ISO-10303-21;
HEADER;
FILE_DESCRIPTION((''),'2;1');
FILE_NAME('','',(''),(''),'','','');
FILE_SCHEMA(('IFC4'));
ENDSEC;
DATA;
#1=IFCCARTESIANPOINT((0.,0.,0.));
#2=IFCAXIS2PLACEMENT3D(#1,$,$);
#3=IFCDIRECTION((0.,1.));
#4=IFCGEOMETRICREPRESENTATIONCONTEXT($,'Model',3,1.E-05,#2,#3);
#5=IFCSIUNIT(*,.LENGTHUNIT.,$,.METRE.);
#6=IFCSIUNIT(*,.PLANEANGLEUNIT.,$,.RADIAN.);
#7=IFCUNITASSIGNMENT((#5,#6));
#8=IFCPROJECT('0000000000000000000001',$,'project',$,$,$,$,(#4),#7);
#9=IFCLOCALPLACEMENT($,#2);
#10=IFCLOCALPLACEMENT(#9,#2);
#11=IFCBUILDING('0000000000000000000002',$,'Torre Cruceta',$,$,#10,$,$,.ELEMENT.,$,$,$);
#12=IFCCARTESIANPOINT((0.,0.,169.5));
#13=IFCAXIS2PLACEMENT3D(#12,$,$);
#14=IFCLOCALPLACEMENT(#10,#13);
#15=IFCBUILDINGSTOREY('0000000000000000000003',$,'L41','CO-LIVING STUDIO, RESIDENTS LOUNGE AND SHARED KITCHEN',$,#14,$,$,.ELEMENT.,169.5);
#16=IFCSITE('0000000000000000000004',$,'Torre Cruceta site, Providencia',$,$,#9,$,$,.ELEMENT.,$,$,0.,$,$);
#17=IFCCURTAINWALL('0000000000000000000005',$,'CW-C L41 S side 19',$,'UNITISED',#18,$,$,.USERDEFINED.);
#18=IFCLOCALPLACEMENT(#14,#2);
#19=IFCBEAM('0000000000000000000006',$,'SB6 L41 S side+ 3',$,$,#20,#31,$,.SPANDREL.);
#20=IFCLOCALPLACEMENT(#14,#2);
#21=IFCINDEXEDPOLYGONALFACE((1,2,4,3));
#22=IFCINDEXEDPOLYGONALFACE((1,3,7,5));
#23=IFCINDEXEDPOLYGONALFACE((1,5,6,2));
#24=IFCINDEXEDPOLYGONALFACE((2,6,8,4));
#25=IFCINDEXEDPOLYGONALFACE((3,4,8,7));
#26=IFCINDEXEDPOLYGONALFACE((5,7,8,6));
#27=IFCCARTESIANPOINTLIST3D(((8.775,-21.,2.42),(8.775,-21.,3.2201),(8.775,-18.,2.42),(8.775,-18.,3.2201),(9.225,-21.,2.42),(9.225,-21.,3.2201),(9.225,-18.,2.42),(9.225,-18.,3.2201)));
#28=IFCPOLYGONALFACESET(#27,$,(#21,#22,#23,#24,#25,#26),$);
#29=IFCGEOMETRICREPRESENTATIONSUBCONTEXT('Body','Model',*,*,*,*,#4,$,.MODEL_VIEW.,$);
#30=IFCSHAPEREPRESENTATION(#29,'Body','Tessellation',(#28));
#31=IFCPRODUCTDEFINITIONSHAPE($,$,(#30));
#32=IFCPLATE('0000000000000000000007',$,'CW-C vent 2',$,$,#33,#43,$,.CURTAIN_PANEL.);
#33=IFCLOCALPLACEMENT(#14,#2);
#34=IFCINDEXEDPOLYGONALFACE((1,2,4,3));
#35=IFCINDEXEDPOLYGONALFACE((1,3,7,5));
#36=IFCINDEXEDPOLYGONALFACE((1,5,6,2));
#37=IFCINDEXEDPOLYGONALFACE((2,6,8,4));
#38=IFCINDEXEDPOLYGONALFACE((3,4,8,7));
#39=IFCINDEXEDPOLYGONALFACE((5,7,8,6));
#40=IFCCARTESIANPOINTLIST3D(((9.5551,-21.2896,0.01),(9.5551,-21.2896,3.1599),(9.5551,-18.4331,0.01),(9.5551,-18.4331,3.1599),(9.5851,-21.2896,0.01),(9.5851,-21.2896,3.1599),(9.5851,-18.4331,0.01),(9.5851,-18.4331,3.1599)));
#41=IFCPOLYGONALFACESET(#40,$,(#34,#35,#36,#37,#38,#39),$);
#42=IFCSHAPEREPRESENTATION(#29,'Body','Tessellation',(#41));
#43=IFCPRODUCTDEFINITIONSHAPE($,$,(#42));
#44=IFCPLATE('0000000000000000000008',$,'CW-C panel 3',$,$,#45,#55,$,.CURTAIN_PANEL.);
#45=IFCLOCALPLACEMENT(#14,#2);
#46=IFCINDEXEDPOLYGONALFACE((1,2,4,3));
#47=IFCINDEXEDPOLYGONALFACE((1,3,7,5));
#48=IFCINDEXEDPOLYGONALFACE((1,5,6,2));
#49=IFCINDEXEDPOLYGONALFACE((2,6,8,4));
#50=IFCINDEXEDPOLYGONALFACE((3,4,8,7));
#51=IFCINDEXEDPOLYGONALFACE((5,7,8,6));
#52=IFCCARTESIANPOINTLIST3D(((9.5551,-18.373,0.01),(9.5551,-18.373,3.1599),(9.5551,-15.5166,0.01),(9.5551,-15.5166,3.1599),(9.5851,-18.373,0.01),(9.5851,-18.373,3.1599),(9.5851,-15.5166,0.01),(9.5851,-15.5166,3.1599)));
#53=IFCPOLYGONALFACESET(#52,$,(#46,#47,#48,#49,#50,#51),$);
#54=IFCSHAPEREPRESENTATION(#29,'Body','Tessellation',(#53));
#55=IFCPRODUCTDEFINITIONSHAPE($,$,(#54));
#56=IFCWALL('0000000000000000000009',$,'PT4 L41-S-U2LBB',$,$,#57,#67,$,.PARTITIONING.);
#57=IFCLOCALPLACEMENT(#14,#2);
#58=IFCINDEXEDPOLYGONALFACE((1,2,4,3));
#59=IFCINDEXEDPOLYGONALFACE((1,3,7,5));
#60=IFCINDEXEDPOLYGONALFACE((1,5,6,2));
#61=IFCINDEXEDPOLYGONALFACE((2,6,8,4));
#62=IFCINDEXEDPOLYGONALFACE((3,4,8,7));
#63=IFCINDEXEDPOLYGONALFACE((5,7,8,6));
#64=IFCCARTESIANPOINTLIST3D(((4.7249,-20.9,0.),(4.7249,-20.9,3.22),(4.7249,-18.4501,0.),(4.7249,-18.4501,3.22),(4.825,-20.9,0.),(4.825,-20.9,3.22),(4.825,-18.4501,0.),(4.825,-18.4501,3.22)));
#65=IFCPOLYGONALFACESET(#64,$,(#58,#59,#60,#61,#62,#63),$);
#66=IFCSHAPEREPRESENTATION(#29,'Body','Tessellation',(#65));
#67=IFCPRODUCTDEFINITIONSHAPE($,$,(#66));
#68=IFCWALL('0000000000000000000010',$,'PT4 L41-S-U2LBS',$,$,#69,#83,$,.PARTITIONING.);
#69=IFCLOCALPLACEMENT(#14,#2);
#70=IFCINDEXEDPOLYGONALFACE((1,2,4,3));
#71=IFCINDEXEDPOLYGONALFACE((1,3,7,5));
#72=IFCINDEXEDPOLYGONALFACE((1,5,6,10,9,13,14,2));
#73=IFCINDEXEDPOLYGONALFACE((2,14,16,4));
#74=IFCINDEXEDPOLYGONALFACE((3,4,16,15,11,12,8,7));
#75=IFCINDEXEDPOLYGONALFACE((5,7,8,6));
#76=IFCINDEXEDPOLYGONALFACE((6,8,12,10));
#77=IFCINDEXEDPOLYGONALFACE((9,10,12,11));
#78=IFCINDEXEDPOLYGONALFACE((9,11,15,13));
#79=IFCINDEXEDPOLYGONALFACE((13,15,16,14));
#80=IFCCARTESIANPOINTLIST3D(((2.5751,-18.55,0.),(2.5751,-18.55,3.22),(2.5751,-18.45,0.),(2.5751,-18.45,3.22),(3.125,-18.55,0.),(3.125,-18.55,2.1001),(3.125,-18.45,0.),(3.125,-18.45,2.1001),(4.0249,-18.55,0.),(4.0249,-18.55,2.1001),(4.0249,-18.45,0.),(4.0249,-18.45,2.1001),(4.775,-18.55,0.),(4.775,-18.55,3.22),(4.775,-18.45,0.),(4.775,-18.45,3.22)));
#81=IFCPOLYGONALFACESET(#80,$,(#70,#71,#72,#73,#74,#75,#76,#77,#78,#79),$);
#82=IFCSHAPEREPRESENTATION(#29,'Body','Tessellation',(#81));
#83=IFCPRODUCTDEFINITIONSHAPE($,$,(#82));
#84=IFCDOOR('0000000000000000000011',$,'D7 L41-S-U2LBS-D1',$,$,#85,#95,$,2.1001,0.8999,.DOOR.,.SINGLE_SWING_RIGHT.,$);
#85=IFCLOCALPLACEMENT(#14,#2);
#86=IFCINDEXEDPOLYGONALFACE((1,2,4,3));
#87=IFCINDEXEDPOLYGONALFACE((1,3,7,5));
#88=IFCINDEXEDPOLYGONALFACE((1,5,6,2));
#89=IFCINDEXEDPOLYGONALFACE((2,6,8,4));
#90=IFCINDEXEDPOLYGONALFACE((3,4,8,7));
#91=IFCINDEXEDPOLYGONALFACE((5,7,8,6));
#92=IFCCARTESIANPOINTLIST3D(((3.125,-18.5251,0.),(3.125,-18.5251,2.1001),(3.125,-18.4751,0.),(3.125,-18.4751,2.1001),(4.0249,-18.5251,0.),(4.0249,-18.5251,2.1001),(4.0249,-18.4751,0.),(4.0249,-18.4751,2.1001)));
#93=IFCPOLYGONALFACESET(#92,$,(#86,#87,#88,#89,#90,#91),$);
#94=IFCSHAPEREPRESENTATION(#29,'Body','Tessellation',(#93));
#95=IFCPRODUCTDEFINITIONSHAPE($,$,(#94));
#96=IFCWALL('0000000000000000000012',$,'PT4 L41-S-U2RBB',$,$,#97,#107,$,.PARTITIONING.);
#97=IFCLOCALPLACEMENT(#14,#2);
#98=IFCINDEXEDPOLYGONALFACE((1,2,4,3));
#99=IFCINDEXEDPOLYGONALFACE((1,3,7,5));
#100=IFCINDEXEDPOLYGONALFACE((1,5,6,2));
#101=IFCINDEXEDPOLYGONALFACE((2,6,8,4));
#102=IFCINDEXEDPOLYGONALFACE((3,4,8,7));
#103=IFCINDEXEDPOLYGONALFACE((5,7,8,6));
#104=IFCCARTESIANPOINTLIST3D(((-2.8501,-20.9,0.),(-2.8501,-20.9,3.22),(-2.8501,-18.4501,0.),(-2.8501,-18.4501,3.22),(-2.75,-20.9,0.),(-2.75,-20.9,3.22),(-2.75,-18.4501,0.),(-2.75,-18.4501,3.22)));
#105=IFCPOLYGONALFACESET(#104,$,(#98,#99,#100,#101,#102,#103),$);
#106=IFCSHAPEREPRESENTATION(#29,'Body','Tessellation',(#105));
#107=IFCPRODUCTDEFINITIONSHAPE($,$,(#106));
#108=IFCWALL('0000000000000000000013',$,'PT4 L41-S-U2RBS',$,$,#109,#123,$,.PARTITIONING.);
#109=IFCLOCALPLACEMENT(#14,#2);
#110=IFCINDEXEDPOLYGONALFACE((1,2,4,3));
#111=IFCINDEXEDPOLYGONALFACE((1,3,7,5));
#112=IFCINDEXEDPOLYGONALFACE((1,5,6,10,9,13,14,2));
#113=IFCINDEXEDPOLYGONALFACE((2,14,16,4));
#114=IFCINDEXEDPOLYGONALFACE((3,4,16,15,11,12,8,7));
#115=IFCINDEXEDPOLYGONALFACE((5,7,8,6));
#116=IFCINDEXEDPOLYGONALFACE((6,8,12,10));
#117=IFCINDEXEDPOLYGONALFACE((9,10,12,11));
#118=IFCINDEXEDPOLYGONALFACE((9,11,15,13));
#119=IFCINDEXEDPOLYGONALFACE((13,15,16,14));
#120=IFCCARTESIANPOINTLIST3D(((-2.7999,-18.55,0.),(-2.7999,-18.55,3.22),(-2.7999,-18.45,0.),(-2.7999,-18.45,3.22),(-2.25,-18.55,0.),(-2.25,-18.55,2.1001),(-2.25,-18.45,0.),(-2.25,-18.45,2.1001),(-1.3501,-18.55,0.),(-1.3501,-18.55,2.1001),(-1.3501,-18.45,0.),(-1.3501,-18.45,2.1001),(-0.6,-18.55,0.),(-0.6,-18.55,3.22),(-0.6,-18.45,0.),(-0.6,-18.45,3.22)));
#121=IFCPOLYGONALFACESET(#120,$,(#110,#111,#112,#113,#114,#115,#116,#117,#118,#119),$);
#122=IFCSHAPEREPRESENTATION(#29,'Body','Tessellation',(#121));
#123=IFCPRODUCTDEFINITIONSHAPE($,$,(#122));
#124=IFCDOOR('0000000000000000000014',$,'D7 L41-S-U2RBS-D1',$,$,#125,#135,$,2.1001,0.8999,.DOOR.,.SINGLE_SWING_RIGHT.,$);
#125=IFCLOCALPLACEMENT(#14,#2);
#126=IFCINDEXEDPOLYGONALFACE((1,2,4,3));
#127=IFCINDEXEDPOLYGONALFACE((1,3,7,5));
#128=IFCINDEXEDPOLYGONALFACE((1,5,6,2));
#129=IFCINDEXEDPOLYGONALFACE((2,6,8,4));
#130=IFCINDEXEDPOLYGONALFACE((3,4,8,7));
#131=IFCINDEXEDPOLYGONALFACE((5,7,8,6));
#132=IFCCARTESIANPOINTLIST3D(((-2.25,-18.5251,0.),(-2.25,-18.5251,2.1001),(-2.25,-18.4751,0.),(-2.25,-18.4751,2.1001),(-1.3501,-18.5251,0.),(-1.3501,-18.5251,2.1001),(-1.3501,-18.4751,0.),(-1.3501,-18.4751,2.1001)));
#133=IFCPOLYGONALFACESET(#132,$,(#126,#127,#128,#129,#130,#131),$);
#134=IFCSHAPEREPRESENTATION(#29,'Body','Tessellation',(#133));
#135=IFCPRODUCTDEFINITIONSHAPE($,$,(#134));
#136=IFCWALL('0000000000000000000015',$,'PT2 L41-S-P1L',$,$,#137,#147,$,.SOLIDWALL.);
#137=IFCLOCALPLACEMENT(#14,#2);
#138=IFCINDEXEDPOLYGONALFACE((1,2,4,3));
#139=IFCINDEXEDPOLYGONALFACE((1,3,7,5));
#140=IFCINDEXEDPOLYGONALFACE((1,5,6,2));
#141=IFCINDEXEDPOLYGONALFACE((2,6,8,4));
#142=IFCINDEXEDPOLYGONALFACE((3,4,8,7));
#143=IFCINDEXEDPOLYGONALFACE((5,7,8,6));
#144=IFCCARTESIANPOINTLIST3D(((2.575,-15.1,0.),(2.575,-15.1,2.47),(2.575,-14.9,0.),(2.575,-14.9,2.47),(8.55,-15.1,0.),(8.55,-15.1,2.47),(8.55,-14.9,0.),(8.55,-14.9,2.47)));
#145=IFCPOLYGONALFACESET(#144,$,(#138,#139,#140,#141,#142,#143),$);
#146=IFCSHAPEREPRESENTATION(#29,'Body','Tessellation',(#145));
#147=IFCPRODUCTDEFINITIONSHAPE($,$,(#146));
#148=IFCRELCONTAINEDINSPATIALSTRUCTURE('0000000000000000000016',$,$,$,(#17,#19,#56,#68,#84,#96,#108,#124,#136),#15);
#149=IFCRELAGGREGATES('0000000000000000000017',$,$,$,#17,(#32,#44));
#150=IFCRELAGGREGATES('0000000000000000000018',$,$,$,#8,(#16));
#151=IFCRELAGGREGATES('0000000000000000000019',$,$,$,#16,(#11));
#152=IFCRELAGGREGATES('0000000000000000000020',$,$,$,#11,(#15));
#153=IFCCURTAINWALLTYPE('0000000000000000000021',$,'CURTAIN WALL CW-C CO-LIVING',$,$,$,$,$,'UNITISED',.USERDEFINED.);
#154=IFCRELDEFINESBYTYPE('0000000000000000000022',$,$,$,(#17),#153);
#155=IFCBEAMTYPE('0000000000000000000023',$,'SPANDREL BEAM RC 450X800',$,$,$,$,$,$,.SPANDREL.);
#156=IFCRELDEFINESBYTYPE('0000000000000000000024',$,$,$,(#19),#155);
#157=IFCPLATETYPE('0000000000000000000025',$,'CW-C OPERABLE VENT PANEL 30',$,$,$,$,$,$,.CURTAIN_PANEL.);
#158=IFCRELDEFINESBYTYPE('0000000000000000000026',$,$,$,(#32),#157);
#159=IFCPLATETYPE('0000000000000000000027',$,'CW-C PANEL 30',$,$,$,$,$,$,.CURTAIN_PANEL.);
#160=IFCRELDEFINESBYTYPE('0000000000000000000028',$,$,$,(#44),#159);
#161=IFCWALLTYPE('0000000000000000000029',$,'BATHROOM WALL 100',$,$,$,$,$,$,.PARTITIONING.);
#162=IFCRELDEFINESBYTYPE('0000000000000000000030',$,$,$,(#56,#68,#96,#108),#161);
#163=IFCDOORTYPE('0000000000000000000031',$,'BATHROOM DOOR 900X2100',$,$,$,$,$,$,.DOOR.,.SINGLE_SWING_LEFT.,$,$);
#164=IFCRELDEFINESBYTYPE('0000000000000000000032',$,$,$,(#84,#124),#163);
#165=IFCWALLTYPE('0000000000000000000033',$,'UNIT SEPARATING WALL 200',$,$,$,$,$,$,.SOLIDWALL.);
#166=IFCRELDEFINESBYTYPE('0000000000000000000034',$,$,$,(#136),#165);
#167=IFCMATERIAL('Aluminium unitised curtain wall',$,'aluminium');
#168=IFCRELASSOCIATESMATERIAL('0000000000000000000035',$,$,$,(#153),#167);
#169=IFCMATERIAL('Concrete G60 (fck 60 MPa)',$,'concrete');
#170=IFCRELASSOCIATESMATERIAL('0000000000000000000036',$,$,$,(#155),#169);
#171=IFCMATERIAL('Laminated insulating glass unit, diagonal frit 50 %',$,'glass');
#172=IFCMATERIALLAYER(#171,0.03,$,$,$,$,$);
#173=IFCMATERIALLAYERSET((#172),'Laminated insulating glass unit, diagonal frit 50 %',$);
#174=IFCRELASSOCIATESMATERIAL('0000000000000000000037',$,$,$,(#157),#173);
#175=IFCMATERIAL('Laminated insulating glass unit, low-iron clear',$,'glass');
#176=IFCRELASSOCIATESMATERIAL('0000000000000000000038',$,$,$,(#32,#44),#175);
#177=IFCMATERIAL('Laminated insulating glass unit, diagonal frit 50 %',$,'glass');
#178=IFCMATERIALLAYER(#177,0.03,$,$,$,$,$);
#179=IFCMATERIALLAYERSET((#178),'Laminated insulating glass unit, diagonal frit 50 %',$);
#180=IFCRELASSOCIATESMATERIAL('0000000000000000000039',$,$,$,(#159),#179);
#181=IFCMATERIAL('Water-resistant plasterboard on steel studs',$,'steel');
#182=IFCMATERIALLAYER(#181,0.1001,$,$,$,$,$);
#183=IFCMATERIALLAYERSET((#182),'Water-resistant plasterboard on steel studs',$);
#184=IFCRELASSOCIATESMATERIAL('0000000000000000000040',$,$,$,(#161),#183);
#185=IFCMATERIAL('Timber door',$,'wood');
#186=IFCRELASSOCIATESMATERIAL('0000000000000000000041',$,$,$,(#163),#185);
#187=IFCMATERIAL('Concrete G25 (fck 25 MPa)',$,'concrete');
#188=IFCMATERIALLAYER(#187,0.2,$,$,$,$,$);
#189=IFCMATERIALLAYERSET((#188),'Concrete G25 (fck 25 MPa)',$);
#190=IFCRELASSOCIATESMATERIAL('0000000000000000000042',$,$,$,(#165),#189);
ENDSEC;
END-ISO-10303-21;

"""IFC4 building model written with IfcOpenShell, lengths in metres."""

from ifc_helpers import new_model, si_unit, direction, frame, frame_2d, origin, origin_2d, place, context, subcontext, project, spatial, rectangle, extrude, material, layer, layer_set, material_profile, profile_set, type_object, element, fill, aggregate, save


model = new_model("IFC4")

# Units and contexts
model_context = context("Model", 3, precision=1e-05, world=origin(), true_north=direction((0.0, 1.0)))
body_context = subcontext(model_context, "Body", "Model", "MODEL_VIEW")
ifc_project = project(units=[si_unit("LENGTHUNIT", "METRE"), si_unit("PLANEANGLEUNIT", "RADIAN")], contexts=[model_context])

# Site, building, storey
site_placement = place(None, origin())
site = spatial("IfcSite", under=ifc_project, at=site_placement, Name="Torre Cruceta site, Providencia", CompositionType="ELEMENT", RefElevation=0.0)
building_placement = place(site_placement, origin())
building = spatial("IfcBuilding", under=site, at=building_placement, Name="Torre Cruceta", CompositionType="ELEMENT")
storey_placement = place(building_placement, frame((0.0, 0.0, 169.5)))
storey = spatial("IfcBuildingStorey", under=building, at=storey_placement, Name="L41", Description="CO-LIVING STUDIO, RESIDENTS LOUNGE AND SHARED KITCHEN", CompositionType="ELEMENT", Elevation=169.5)

# Curtain wall
ifc_material_1 = material(Name="Aluminium unitised curtain wall", Category="aluminium")
curtain_wall_type = type_object("IfcCurtainWallType", Name="CURTAIN WALL CW-C CO-LIVING", ElementType="UNITISED", PredefinedType="USERDEFINED", material=ifc_material_1)
curtain_wall_placement = place(storey_placement, origin())
curtain_wall = element("IfcCurtainWall", 1, at=curtain_wall_placement, inside=storey, type_object=curtain_wall_type, Name="CW-C L41 S side 19", ObjectType="UNITISED", PredefinedType="USERDEFINED")

# Beam
ifc_material_2 = material(Name="Concrete G60 (fck 60 MPa)", Category="concrete")
ifc_material_profile_1 = material_profile(ifc_material_2, rectangle(XDim=0.45, YDim=0.8, at=origin_2d()), Name="RC 450X800")
ifc_profile_set_1 = profile_set([ifc_material_profile_1], Name="Concrete G60 (fck 60 MPa)")
beam_type_1 = type_object("IfcBeamType", Name="SPANDREL BEAM RC 450X800", PredefinedType="SPANDREL", material=ifc_profile_set_1)
for number, where, z_axis, x_axis, name in (
    (2, (9.0, -18.0, 2.8201), (0.0, -1.0, 0.0), (1.0, 0.0, 0.0), "SB6 L41 S side+ 3"),
):
    element("IfcBeam", number, at=place(storey_placement, frame(where, z_axis=z_axis, x_axis=x_axis)), inside=storey, type_object=beam_type_1, Name=name, PredefinedType="SPANDREL", context=body_context, shape_type="SweptSolid", body=[
        extrude(rectangle(XDim=0.45, YDim=0.8, at=origin_2d()), origin(), (0.0, 0.0, 1.0), 3.0),
    ])

# Plates
ifc_material_3 = material(Name="Laminated insulating glass unit, low-iron clear", Category="glass")
ifc_material_4 = material(Name="Laminated insulating glass unit, diagonal frit 50 %", Category="glass")
ifc_layer_1 = layer(ifc_material_4, 0.03)
ifc_layer_set_1 = layer_set([ifc_layer_1], Name="Laminated insulating glass unit, diagonal frit 50 %")
plate_type_1 = type_object("IfcPlateType", Name="CW-C OPERABLE VENT PANEL 30", PredefinedType="CURTAIN_PANEL", material=ifc_layer_set_1)
plate_1_placement = place(storey_placement, frame((9.5701, -19.8613, 0.01), z_axis=(0.0, 0.0, 1.0), x_axis=(0.0, 1.0, 0.0)))
plate_1 = element("IfcPlate", 3, at=plate_1_placement, type_object=plate_type_1, material=ifc_material_3, Name="CW-C vent 2", PredefinedType="CURTAIN_PANEL", context=body_context, shape_type="SweptSolid", body=[
    extrude(rectangle(XDim=2.8564, YDim=0.03, at=origin_2d()), origin(), (0.0, 0.0, 1.0), 3.1499),
])
ifc_material_5 = material(Name="Laminated insulating glass unit, diagonal frit 50 %", Category="glass")
ifc_layer_2 = layer(ifc_material_5, 0.03)
ifc_layer_set_2 = layer_set([ifc_layer_2], Name="Laminated insulating glass unit, diagonal frit 50 %")
plate_type_2 = type_object("IfcPlateType", Name="CW-C PANEL 30", PredefinedType="CURTAIN_PANEL", material=ifc_layer_set_2)
plate_2_placement = place(storey_placement, frame((9.5701, -16.9448, 0.01), z_axis=(0.0, 0.0, 1.0), x_axis=(0.0, 1.0, 0.0)))
plate_2 = element("IfcPlate", 4, at=plate_2_placement, type_object=plate_type_2, material=ifc_material_3, Name="CW-C panel 3", PredefinedType="CURTAIN_PANEL", context=body_context, shape_type="SweptSolid", body=[
    extrude(rectangle(XDim=2.8564, YDim=0.03, at=origin_2d()), origin(), (0.0, 0.0, 1.0), 3.1499),
])
aggregate(curtain_wall, [plate_1, plate_2])

# Wall
ifc_material_6 = material(Name="Water-resistant plasterboard on steel studs", Category="steel")
ifc_layer_3 = layer(ifc_material_6, 0.1001)
ifc_layer_set_3 = layer_set([ifc_layer_3], Name="Water-resistant plasterboard on steel studs")
wall_type_1 = type_object("IfcWallType", Name="BATHROOM WALL 100", PredefinedType="PARTITIONING", material=ifc_layer_set_3)
wall_1_placement = place(storey_placement, frame((4.7749, -18.45, 0.0), z_axis=(0.0, 0.0, 1.0), x_axis=(0.0, -1.0, 0.0)))
element("IfcWall", 5, at=wall_1_placement, inside=storey, type_object=wall_type_1, Name="PT4 L41-S-U2LBB", PredefinedType="PARTITIONING", context=body_context, shape_type="SweptSolid", body=[
    extrude(rectangle(XDim=2.45, YDim=0.1001, at=frame_2d((1.2251, 0.0))), origin(), (0.0, 0.0, 1.0), 3.22),
])

# Wall, opening, door
wall_2_placement = place(storey_placement, frame((2.575, -18.5, 0.0), z_axis=(0.0, 0.0, 1.0), x_axis=(1.0, 0.0, 0.0)))
wall_2 = element("IfcWall", 6, at=wall_2_placement, inside=storey, type_object=wall_type_1, Name="PT4 L41-S-U2LBS", PredefinedType="PARTITIONING", context=body_context, shape_type="SweptSolid", body=[
    extrude(rectangle(XDim=2.2, YDim=0.1001, at=frame_2d((1.1001, 0.0))), origin(), (0.0, 0.0, 1.0), 3.22),
])
opening_1_placement = place(wall_2_placement, frame((0.55, 0.0, 0.0)))
opening_1 = element("IfcOpeningElement", 7, at=opening_1_placement, cuts=wall_2, PredefinedType="OPENING", context=body_context, shape_type="SweptSolid", body=[
    extrude(rectangle(XDim=0.8999, YDim=2.1001, at=frame_2d((0.45, 1.05))), frame((0.0, 0.0601, 0.0), z_axis=(0.0, -1.0, 0.0), x_axis=(1.0, 0.0, 0.0)), (0.0, 0.0, 1.0), 0.1201),
])
ifc_material_7 = material(Name="Timber door", Category="wood")
door_type = type_object("IfcDoorType", Name="BATHROOM DOOR 900X2100", OperationType="SINGLE_SWING_LEFT", PredefinedType="DOOR", material=ifc_material_7)
door_1_placement = place(opening_1_placement, frame((0.8999, 0.0, 0.0), z_axis=(0.0, 0.0, 1.0), x_axis=(-1.0, 0.0, 0.0)))
door_1 = element("IfcDoor", 8, at=door_1_placement, inside=storey, type_object=door_type, Name="D7 L41-S-U2LBS-D1", OperationType="SINGLE_SWING_RIGHT", OverallHeight=2.1001, OverallWidth=0.8999, PredefinedType="DOOR", context=body_context, shape_type="SweptSolid", body=[
    extrude(rectangle(XDim=0.8999, YDim=2.1001, at=frame_2d((0.45, 1.05))), frame((0.0, 0.0251, 0.0), z_axis=(0.0, -1.0, 0.0), x_axis=(1.0, 0.0, 0.0)), (0.0, 0.0, 1.0), 0.05),
])
fill(opening_1, door_1)

# Wall
wall_3_placement = place(storey_placement, frame((-2.8, -18.45, 0.0), z_axis=(0.0, 0.0, 1.0), x_axis=(0.0, -1.0, 0.0)))
element("IfcWall", 9, at=wall_3_placement, inside=storey, type_object=wall_type_1, Name="PT4 L41-S-U2RBB", PredefinedType="PARTITIONING", context=body_context, shape_type="SweptSolid", body=[
    extrude(rectangle(XDim=2.45, YDim=0.1001, at=frame_2d((1.2251, 0.0))), origin(), (0.0, 0.0, 1.0), 3.22),
])

# Wall, opening, door
wall_4_placement = place(storey_placement, frame((-2.8, -18.5, 0.0), z_axis=(0.0, 0.0, 1.0), x_axis=(1.0, 0.0, 0.0)))
wall_4 = element("IfcWall", 10, at=wall_4_placement, inside=storey, type_object=wall_type_1, Name="PT4 L41-S-U2RBS", PredefinedType="PARTITIONING", context=body_context, shape_type="SweptSolid", body=[
    extrude(rectangle(XDim=2.2, YDim=0.1001, at=frame_2d((1.1001, 0.0))), origin(), (0.0, 0.0, 1.0), 3.22),
])
opening_2_placement = place(wall_4_placement, frame((0.55, 0.0, 0.0)))
opening_2 = element("IfcOpeningElement", 11, at=opening_2_placement, cuts=wall_4, PredefinedType="OPENING", context=body_context, shape_type="SweptSolid", body=[
    extrude(rectangle(XDim=0.8999, YDim=2.1001, at=frame_2d((0.45, 1.05))), frame((0.0, 0.0601, 0.0), z_axis=(0.0, -1.0, 0.0), x_axis=(1.0, 0.0, 0.0)), (0.0, 0.0, 1.0), 0.1201),
])
door_2_placement = place(opening_2_placement, frame((0.8999, 0.0, 0.0), z_axis=(0.0, 0.0, 1.0), x_axis=(-1.0, 0.0, 0.0)))
door_2 = element("IfcDoor", 12, at=door_2_placement, inside=storey, type_object=door_type, Name="D7 L41-S-U2RBS-D1", OperationType="SINGLE_SWING_RIGHT", OverallHeight=2.1001, OverallWidth=0.8999, PredefinedType="DOOR", context=body_context, shape_type="SweptSolid", body=[
    extrude(rectangle(XDim=0.8999, YDim=2.1001, at=frame_2d((0.45, 1.05))), frame((0.0, 0.0251, 0.0), z_axis=(0.0, -1.0, 0.0), x_axis=(1.0, 0.0, 0.0)), (0.0, 0.0, 1.0), 0.05),
])
fill(opening_2, door_2)

# Wall
ifc_material_8 = material(Name="Concrete G25 (fck 25 MPa)", Category="concrete")
ifc_layer_4 = layer(ifc_material_8, 0.2)
ifc_layer_set_4 = layer_set([ifc_layer_4], Name="Concrete G25 (fck 25 MPa)")
wall_type_2 = type_object("IfcWallType", Name="UNIT SEPARATING WALL 200", PredefinedType="SOLIDWALL", material=ifc_layer_set_4)
wall_5_placement = place(storey_placement, frame((2.575, -15.0, 0.0), z_axis=(0.0, 0.0, 1.0), x_axis=(1.0, 0.0, 0.0)))
element("IfcWall", 13, at=wall_5_placement, inside=storey, type_object=wall_type_2, Name="PT2 L41-S-P1L", PredefinedType="SOLIDWALL", context=body_context, shape_type="SweptSolid", body=[
    extrude(rectangle(XDim=5.9751, YDim=0.2, at=frame_2d((2.9875, 0.0))), origin(), (0.0, 0.0, 1.0), 2.47),
])

save(model, "model.ifc")
